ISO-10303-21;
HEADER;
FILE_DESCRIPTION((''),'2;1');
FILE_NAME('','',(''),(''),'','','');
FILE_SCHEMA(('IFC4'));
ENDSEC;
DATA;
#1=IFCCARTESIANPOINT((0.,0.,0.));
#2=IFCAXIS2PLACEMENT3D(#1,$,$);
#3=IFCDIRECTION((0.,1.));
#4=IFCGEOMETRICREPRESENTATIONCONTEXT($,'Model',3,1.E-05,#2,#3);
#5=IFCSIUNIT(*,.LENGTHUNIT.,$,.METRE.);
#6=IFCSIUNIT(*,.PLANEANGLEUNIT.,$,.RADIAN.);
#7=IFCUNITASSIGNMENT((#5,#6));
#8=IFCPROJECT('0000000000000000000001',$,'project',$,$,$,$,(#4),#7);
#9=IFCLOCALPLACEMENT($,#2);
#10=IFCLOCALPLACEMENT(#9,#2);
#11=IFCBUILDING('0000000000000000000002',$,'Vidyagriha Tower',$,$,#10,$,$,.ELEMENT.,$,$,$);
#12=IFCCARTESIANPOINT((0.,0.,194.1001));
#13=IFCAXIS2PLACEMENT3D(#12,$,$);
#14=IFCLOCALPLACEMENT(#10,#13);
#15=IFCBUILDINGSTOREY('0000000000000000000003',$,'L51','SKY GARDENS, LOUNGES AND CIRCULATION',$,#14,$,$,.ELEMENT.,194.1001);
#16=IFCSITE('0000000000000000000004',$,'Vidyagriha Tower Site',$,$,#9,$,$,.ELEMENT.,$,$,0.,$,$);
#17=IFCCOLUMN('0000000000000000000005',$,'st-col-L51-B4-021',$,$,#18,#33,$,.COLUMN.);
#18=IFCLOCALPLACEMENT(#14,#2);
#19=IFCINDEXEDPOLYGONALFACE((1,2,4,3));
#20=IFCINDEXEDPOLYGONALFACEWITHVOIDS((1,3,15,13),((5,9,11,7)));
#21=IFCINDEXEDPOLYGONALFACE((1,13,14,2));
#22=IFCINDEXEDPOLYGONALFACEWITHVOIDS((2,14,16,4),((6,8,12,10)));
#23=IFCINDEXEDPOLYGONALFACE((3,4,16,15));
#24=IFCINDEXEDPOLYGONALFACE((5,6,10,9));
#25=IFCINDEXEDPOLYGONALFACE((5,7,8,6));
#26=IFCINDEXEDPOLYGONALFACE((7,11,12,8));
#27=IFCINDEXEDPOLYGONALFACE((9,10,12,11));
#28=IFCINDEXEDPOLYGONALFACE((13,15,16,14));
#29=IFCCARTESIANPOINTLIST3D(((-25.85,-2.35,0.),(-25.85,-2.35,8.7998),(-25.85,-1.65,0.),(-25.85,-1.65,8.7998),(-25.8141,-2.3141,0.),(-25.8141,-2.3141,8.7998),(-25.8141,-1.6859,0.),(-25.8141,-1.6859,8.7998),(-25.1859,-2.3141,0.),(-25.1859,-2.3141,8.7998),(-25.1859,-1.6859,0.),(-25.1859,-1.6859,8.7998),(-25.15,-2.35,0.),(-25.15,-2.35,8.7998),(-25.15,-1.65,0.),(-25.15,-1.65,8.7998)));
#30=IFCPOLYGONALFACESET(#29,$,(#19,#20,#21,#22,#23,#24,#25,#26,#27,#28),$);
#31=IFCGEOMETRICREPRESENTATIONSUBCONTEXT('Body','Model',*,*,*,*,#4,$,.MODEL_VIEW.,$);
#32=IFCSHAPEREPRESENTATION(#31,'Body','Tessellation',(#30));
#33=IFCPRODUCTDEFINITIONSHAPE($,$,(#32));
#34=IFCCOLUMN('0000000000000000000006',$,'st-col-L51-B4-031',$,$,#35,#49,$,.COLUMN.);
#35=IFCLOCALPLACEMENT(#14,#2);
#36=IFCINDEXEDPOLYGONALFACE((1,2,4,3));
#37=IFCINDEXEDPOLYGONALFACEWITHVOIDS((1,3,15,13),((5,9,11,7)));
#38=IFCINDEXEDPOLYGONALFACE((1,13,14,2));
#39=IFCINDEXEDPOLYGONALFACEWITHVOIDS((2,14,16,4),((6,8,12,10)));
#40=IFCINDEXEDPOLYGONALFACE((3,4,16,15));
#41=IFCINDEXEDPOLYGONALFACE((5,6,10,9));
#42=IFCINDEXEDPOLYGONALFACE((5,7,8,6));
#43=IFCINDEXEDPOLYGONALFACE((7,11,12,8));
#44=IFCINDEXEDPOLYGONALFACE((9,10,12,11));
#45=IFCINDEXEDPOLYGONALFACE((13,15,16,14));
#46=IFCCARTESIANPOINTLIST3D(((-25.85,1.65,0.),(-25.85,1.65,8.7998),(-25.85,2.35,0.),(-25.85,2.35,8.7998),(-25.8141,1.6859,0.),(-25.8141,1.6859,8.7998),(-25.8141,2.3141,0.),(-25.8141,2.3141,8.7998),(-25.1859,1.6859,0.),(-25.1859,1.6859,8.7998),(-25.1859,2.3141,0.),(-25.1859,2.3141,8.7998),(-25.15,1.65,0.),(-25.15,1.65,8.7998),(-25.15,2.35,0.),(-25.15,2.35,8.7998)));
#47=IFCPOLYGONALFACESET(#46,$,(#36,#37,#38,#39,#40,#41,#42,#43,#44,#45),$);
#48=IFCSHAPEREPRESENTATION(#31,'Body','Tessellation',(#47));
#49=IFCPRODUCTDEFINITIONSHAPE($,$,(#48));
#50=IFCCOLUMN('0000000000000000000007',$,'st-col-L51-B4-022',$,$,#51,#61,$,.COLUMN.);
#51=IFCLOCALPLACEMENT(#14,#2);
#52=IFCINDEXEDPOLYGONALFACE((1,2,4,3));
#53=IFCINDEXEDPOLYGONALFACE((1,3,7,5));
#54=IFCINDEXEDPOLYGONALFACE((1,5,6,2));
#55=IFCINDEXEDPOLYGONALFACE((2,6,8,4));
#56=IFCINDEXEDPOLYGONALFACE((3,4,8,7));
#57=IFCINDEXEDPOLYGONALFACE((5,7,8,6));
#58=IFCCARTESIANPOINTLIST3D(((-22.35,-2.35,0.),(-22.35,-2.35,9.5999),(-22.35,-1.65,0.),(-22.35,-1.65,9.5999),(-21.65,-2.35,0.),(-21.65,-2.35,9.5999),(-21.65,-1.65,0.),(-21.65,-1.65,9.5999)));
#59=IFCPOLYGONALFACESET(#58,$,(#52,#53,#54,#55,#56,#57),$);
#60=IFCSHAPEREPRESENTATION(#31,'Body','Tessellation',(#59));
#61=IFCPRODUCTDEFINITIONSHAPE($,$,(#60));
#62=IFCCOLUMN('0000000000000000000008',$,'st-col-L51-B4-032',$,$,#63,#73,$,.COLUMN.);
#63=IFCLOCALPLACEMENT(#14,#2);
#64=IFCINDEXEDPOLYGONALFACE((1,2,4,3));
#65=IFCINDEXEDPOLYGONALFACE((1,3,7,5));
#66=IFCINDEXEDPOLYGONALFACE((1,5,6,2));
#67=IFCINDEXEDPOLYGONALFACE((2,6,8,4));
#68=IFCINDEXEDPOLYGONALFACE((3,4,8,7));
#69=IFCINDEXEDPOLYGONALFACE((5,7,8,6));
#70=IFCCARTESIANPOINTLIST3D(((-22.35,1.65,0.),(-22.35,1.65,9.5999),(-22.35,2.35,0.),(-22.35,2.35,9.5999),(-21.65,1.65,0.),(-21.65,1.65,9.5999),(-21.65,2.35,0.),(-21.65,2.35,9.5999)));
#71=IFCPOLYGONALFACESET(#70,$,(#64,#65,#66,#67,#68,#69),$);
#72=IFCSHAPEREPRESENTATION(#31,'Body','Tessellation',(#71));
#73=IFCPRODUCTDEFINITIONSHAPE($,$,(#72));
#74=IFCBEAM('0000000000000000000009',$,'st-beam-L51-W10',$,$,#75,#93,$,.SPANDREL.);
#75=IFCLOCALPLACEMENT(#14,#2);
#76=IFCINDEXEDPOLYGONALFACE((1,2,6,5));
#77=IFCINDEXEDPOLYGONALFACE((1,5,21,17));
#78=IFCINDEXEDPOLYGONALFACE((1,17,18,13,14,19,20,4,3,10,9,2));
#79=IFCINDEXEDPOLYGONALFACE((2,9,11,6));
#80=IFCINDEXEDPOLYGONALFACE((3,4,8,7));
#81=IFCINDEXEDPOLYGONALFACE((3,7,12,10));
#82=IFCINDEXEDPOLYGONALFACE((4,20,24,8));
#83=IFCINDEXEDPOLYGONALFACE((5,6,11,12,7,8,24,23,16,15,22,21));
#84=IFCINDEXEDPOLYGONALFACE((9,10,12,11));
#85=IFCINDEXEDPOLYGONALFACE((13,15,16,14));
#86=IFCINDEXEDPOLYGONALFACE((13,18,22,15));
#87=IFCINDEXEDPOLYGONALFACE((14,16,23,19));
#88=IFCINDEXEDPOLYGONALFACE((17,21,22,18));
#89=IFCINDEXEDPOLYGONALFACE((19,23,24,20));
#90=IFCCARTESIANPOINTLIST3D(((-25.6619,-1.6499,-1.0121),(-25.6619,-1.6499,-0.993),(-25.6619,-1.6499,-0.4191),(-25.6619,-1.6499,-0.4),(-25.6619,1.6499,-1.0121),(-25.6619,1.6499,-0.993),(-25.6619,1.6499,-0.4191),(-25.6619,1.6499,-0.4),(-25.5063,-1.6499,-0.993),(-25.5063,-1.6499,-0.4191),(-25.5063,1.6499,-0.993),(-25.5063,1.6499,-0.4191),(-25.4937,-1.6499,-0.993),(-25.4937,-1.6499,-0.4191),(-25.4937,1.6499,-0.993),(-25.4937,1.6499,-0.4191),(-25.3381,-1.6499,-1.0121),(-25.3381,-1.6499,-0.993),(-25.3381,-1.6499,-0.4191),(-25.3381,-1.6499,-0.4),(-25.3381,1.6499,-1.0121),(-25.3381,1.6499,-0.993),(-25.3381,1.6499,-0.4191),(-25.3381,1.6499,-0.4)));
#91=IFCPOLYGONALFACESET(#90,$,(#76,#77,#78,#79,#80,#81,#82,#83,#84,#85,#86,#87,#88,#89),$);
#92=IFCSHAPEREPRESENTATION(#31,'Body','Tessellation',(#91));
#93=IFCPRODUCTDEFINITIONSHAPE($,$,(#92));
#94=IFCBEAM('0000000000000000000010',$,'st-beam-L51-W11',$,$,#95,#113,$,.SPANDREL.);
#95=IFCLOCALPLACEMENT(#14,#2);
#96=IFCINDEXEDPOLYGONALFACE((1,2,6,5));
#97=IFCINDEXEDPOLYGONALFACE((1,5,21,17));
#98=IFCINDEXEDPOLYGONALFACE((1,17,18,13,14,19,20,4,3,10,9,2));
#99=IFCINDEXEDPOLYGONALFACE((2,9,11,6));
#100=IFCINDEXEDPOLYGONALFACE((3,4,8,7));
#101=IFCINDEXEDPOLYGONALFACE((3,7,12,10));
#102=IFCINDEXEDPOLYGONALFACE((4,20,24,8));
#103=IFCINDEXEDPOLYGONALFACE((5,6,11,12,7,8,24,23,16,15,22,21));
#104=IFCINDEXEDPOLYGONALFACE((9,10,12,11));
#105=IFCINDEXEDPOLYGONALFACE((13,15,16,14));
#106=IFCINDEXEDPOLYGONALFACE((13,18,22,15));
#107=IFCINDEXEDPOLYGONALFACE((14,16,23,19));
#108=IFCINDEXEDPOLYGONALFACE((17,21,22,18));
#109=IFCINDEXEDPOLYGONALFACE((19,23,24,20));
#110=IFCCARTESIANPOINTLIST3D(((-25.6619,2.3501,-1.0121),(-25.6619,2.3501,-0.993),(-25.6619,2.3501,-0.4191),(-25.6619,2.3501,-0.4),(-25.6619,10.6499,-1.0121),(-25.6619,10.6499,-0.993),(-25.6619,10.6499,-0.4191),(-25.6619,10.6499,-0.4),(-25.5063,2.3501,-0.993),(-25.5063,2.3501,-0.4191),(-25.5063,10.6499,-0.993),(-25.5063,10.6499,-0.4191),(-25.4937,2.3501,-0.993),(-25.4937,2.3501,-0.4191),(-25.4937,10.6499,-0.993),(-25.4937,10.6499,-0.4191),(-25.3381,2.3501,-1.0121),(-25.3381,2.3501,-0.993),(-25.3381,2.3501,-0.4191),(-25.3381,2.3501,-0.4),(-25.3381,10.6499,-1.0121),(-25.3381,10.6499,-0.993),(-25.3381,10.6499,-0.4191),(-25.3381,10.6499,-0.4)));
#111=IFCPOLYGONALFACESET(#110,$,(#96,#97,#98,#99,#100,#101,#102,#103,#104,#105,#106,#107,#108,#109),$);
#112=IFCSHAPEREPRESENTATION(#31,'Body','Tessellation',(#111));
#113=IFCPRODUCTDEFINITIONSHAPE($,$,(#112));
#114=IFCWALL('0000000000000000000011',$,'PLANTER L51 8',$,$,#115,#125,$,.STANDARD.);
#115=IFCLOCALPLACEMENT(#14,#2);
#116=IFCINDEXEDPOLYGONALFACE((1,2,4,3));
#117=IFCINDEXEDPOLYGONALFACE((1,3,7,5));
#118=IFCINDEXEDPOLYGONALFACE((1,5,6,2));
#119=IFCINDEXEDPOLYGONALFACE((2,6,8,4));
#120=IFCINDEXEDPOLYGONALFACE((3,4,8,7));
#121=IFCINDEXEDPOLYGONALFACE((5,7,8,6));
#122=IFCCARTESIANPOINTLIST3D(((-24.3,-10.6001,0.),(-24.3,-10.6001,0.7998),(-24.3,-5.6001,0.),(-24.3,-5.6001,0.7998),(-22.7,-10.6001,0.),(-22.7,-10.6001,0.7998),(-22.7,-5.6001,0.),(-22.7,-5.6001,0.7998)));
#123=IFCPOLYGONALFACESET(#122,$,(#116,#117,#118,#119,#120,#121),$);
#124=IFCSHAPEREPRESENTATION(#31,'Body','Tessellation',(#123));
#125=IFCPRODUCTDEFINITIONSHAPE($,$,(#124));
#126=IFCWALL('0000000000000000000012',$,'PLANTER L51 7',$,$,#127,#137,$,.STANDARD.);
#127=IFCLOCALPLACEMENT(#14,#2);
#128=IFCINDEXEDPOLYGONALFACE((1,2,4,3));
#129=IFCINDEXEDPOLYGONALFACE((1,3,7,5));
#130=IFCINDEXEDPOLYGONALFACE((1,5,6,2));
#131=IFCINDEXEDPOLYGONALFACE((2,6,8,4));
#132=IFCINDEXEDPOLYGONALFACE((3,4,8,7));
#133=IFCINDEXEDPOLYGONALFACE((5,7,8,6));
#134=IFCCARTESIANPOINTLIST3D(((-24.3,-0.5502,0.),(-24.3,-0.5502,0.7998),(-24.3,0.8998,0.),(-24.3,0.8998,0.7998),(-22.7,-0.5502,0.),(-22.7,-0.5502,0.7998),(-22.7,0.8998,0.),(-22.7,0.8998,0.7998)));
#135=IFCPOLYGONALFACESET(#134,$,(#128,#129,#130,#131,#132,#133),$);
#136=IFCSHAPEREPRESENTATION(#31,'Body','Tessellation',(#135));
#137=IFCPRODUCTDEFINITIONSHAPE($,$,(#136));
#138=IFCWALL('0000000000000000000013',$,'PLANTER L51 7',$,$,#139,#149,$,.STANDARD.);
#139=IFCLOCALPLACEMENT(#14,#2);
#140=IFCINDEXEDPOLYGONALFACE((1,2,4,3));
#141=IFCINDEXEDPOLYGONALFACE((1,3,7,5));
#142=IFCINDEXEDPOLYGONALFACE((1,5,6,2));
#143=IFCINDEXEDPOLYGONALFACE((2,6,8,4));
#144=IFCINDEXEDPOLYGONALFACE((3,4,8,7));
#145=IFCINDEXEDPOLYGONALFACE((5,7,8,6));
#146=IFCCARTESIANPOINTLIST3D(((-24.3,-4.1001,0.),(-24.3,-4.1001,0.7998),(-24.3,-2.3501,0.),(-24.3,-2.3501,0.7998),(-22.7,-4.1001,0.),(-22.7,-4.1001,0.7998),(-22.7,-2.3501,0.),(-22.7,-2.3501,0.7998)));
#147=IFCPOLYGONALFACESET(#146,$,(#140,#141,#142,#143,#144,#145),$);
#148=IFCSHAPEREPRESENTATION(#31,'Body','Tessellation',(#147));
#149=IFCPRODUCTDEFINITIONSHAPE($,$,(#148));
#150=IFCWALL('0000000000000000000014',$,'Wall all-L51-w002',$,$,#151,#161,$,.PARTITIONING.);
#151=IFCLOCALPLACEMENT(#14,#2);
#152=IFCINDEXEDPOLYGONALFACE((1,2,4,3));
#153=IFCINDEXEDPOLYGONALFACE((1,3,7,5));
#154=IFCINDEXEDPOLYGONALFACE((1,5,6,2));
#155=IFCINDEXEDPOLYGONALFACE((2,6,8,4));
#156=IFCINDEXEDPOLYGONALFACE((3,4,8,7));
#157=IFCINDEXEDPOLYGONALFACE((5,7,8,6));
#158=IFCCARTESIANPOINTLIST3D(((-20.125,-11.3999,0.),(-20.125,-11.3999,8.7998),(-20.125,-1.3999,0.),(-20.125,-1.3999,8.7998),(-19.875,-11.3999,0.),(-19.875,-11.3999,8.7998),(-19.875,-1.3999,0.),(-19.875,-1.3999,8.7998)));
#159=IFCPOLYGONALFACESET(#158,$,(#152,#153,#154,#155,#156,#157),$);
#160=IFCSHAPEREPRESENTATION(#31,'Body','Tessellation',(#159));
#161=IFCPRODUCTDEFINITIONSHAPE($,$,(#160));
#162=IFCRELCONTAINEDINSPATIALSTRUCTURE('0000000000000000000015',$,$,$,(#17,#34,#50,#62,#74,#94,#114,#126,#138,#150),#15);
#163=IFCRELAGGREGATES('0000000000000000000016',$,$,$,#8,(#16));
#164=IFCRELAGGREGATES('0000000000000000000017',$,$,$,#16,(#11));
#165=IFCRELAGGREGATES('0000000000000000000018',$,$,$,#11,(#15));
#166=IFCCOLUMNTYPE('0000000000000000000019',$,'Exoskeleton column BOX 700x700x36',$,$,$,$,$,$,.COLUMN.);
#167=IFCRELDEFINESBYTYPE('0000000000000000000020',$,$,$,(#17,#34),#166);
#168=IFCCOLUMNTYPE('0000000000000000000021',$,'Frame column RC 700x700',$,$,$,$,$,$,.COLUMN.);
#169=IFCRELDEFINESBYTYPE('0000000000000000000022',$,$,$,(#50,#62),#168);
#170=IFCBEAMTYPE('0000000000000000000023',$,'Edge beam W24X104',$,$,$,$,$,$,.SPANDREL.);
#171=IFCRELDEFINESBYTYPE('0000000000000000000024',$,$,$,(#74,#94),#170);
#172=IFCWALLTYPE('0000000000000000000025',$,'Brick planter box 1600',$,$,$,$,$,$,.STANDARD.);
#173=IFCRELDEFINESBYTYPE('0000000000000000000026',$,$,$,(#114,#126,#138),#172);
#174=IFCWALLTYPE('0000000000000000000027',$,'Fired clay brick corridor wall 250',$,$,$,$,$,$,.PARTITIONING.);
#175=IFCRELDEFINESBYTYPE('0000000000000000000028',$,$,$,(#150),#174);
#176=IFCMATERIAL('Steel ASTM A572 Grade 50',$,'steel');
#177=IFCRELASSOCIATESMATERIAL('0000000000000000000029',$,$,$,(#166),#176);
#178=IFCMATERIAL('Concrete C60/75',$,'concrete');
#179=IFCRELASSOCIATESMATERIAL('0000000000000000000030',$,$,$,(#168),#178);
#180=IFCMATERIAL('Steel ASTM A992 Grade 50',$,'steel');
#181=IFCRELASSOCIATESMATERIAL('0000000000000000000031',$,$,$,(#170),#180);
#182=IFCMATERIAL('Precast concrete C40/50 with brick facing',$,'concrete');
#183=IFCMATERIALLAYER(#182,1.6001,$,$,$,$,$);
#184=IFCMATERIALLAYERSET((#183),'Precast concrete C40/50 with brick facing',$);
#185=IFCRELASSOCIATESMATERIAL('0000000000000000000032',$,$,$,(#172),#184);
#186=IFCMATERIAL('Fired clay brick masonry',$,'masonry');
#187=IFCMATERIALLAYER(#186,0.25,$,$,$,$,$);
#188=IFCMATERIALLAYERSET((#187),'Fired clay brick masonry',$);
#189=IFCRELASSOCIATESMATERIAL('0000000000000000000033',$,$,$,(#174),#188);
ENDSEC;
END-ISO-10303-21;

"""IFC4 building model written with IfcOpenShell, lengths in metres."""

from ifc_helpers import new_model, si_unit, direction, frame, frame_2d, origin, origin_2d, place, context, subcontext, project, spatial, rectangle, hollow_rectangle, i_section, extrude, material, layer, layer_set, material_profile, profile_set, type_object, element, save


model = new_model("IFC4")

# Units and contexts
model_context = context("Model", 3, precision=1e-05, world=origin(), true_north=direction((0.0, 1.0)))
body_context = subcontext(model_context, "Body", "Model", "MODEL_VIEW")
ifc_project = project(units=[si_unit("LENGTHUNIT", "METRE"), si_unit("PLANEANGLEUNIT", "RADIAN")], contexts=[model_context])

# Site, building, storey
site_placement = place(None, origin())
site = spatial("IfcSite", under=ifc_project, at=site_placement, Name="Vidyagriha Tower Site", CompositionType="ELEMENT", RefElevation=0.0)
building_placement = place(site_placement, origin())
building = spatial("IfcBuilding", under=site, at=building_placement, Name="Vidyagriha Tower", CompositionType="ELEMENT")
storey_placement = place(building_placement, frame((0.0, 0.0, 194.1001)))
storey = spatial("IfcBuildingStorey", under=building, at=storey_placement, Name="L51", Description="SKY GARDENS, LOUNGES AND CIRCULATION", CompositionType="ELEMENT", Elevation=194.1001)

# Columns
ifc_material_1 = material(Name="Steel ASTM A572 Grade 50", Category="steel")
ifc_material_profile_1 = material_profile(ifc_material_1, hollow_rectangle(XDim=0.7, YDim=0.7, WallThickness=0.0359, at=origin_2d()), Name="BOX 700x700x36")
ifc_profile_set_1 = profile_set([ifc_material_profile_1], Name="Steel ASTM A572 Grade 50")
column_type_1 = type_object("IfcColumnType", Name="Exoskeleton column BOX 700x700x36", PredefinedType="COLUMN", material=ifc_profile_set_1)
for number, where, name in (
    (1, (-25.5, -2.0, 0.0), "st-col-L51-B4-021"),
    (2, (-25.5, 2.0, 0.0), "st-col-L51-B4-031"),
):
    element("IfcColumn", number, at=place(storey_placement, frame(where)), inside=storey, type_object=column_type_1, Name=name, PredefinedType="COLUMN", context=body_context, shape_type="SweptSolid", body=[
        extrude(hollow_rectangle(XDim=0.7, YDim=0.7, WallThickness=0.0359, at=origin_2d()), origin(), (0.0, 0.0, 1.0), 8.7998),
    ])
ifc_material_2 = material(Name="Concrete C60/75", Category="concrete")
ifc_material_profile_2 = material_profile(ifc_material_2, rectangle(XDim=0.7, YDim=0.7, at=origin_2d()), Name="RC 700x700")
ifc_profile_set_2 = profile_set([ifc_material_profile_2], Name="Concrete C60/75")
column_type_2 = type_object("IfcColumnType", Name="Frame column RC 700x700", PredefinedType="COLUMN", material=ifc_profile_set_2)
for number, where, name in (
    (3, (-22.0, -2.0, 0.0), "st-col-L51-B4-022"),
    (4, (-22.0, 2.0, 0.0), "st-col-L51-B4-032"),
):
    element("IfcColumn", number, at=place(storey_placement, frame(where)), inside=storey, type_object=column_type_2, Name=name, PredefinedType="COLUMN", context=body_context, shape_type="SweptSolid", body=[
        extrude(rectangle(XDim=0.7, YDim=0.7, at=origin_2d()), origin(), (0.0, 0.0, 1.0), 9.5999),
    ])

# Beams
ifc_material_3 = material(Name="Steel ASTM A992 Grade 50", Category="steel")
ifc_material_profile_3 = material_profile(ifc_material_3, i_section(OverallWidth=0.3237, OverallDepth=0.6121, WebThickness=0.0127, FlangeThickness=0.019, at=origin_2d()), Name="W24X104")
ifc_profile_set_3 = profile_set([ifc_material_profile_3], Name="Steel ASTM A992 Grade 50")
beam_type = type_object("IfcBeamType", Name="Edge beam W24X104", PredefinedType="SPANDREL", material=ifc_profile_set_3)
beam_1_placement = place(storey_placement, frame((-25.5, -1.6499, -0.7061), z_axis=(0.0, 1.0, 0.0), x_axis=(-1.0, 0.0, 0.0)))
element("IfcBeam", 5, at=beam_1_placement, inside=storey, type_object=beam_type, Name="st-beam-L51-W10", PredefinedType="SPANDREL", context=body_context, shape_type="SweptSolid", body=[
    extrude(i_section(OverallWidth=0.3237, OverallDepth=0.6121, WebThickness=0.0127, FlangeThickness=0.019, at=origin_2d()), origin(), (0.0, 0.0, 1.0), 3.2998),
])
beam_2_placement = place(storey_placement, frame((-25.5, 2.3501, -0.7061), z_axis=(0.0, 1.0, 0.0), x_axis=(-1.0, 0.0, 0.0)))
element("IfcBeam", 6, at=beam_2_placement, inside=storey, type_object=beam_type, Name="st-beam-L51-W11", PredefinedType="SPANDREL", context=body_context, shape_type="SweptSolid", body=[
    extrude(i_section(OverallWidth=0.3237, OverallDepth=0.6121, WebThickness=0.0127, FlangeThickness=0.019, at=origin_2d()), origin(), (0.0, 0.0, 1.0), 8.2998),
])

# Walls
ifc_material_4 = material(Name="Precast concrete C40/50 with brick facing", Category="concrete")
ifc_layer_1 = layer(ifc_material_4, 1.6001)
ifc_layer_set_1 = layer_set([ifc_layer_1], Name="Precast concrete C40/50 with brick facing")
wall_type_1 = type_object("IfcWallType", Name="Brick planter box 1600", PredefinedType="STANDARD", material=ifc_layer_set_1)
wall_1_placement = place(storey_placement, frame((-23.5, -5.6001, 0.0), z_axis=(0.0, 0.0, 1.0), x_axis=(0.0, -1.0, 0.0)))
element("IfcWall", 7, at=wall_1_placement, inside=storey, type_object=wall_type_1, Name="PLANTER L51 8", PredefinedType="STANDARD", context=body_context, shape_type="SweptSolid", body=[
    extrude(rectangle(XDim=5.0, YDim=1.6001, at=frame_2d((2.5, 0.0))), origin(), (0.0, 0.0, 1.0), 0.7998),
])
wall_2_placement = place(storey_placement, frame((-23.5, 0.8999, 0.0), z_axis=(0.0, 0.0, 1.0), x_axis=(0.0, -1.0, 0.0)))
element("IfcWall", 8, at=wall_2_placement, inside=storey, type_object=wall_type_1, Name="PLANTER L51 7", PredefinedType="STANDARD", context=body_context, shape_type="SweptSolid", body=[
    extrude(rectangle(XDim=1.45, YDim=1.6001, at=frame_2d((0.7251, 0.0))), origin(), (0.0, 0.0, 1.0), 0.7998),
])
wall_3_placement = place(storey_placement, frame((-23.5, -2.3501, 0.0), z_axis=(0.0, 0.0, 1.0), x_axis=(0.0, -1.0, 0.0)))
element("IfcWall", 9, at=wall_3_placement, inside=storey, type_object=wall_type_1, Name="PLANTER L51 7", PredefinedType="STANDARD", context=body_context, shape_type="SweptSolid", body=[
    extrude(rectangle(XDim=1.75, YDim=1.6001, at=frame_2d((0.875, 0.0))), origin(), (0.0, 0.0, 1.0), 0.7998),
])
ifc_material_5 = material(Name="Fired clay brick masonry", Category="masonry")
ifc_layer_2 = layer(ifc_material_5, 0.25)
ifc_layer_set_2 = layer_set([ifc_layer_2], Name="Fired clay brick masonry")
wall_type_2 = type_object("IfcWallType", Name="Fired clay brick corridor wall 250", PredefinedType="PARTITIONING", material=ifc_layer_set_2)
wall_4_placement = place(storey_placement, frame((-20.0, -1.3999, 0.0), z_axis=(0.0, 0.0, 1.0), x_axis=(0.0, -1.0, 0.0)))
element("IfcWall", 10, at=wall_4_placement, inside=storey, type_object=wall_type_2, Name="Wall all-L51-w002", PredefinedType="PARTITIONING", context=body_context, shape_type="SweptSolid", body=[
    extrude(rectangle(XDim=10.0, YDim=0.25, at=frame_2d((5.0, 0.0))), origin(), (0.0, 0.0, 1.0), 8.7998),
])

save(model, "model.ifc")
